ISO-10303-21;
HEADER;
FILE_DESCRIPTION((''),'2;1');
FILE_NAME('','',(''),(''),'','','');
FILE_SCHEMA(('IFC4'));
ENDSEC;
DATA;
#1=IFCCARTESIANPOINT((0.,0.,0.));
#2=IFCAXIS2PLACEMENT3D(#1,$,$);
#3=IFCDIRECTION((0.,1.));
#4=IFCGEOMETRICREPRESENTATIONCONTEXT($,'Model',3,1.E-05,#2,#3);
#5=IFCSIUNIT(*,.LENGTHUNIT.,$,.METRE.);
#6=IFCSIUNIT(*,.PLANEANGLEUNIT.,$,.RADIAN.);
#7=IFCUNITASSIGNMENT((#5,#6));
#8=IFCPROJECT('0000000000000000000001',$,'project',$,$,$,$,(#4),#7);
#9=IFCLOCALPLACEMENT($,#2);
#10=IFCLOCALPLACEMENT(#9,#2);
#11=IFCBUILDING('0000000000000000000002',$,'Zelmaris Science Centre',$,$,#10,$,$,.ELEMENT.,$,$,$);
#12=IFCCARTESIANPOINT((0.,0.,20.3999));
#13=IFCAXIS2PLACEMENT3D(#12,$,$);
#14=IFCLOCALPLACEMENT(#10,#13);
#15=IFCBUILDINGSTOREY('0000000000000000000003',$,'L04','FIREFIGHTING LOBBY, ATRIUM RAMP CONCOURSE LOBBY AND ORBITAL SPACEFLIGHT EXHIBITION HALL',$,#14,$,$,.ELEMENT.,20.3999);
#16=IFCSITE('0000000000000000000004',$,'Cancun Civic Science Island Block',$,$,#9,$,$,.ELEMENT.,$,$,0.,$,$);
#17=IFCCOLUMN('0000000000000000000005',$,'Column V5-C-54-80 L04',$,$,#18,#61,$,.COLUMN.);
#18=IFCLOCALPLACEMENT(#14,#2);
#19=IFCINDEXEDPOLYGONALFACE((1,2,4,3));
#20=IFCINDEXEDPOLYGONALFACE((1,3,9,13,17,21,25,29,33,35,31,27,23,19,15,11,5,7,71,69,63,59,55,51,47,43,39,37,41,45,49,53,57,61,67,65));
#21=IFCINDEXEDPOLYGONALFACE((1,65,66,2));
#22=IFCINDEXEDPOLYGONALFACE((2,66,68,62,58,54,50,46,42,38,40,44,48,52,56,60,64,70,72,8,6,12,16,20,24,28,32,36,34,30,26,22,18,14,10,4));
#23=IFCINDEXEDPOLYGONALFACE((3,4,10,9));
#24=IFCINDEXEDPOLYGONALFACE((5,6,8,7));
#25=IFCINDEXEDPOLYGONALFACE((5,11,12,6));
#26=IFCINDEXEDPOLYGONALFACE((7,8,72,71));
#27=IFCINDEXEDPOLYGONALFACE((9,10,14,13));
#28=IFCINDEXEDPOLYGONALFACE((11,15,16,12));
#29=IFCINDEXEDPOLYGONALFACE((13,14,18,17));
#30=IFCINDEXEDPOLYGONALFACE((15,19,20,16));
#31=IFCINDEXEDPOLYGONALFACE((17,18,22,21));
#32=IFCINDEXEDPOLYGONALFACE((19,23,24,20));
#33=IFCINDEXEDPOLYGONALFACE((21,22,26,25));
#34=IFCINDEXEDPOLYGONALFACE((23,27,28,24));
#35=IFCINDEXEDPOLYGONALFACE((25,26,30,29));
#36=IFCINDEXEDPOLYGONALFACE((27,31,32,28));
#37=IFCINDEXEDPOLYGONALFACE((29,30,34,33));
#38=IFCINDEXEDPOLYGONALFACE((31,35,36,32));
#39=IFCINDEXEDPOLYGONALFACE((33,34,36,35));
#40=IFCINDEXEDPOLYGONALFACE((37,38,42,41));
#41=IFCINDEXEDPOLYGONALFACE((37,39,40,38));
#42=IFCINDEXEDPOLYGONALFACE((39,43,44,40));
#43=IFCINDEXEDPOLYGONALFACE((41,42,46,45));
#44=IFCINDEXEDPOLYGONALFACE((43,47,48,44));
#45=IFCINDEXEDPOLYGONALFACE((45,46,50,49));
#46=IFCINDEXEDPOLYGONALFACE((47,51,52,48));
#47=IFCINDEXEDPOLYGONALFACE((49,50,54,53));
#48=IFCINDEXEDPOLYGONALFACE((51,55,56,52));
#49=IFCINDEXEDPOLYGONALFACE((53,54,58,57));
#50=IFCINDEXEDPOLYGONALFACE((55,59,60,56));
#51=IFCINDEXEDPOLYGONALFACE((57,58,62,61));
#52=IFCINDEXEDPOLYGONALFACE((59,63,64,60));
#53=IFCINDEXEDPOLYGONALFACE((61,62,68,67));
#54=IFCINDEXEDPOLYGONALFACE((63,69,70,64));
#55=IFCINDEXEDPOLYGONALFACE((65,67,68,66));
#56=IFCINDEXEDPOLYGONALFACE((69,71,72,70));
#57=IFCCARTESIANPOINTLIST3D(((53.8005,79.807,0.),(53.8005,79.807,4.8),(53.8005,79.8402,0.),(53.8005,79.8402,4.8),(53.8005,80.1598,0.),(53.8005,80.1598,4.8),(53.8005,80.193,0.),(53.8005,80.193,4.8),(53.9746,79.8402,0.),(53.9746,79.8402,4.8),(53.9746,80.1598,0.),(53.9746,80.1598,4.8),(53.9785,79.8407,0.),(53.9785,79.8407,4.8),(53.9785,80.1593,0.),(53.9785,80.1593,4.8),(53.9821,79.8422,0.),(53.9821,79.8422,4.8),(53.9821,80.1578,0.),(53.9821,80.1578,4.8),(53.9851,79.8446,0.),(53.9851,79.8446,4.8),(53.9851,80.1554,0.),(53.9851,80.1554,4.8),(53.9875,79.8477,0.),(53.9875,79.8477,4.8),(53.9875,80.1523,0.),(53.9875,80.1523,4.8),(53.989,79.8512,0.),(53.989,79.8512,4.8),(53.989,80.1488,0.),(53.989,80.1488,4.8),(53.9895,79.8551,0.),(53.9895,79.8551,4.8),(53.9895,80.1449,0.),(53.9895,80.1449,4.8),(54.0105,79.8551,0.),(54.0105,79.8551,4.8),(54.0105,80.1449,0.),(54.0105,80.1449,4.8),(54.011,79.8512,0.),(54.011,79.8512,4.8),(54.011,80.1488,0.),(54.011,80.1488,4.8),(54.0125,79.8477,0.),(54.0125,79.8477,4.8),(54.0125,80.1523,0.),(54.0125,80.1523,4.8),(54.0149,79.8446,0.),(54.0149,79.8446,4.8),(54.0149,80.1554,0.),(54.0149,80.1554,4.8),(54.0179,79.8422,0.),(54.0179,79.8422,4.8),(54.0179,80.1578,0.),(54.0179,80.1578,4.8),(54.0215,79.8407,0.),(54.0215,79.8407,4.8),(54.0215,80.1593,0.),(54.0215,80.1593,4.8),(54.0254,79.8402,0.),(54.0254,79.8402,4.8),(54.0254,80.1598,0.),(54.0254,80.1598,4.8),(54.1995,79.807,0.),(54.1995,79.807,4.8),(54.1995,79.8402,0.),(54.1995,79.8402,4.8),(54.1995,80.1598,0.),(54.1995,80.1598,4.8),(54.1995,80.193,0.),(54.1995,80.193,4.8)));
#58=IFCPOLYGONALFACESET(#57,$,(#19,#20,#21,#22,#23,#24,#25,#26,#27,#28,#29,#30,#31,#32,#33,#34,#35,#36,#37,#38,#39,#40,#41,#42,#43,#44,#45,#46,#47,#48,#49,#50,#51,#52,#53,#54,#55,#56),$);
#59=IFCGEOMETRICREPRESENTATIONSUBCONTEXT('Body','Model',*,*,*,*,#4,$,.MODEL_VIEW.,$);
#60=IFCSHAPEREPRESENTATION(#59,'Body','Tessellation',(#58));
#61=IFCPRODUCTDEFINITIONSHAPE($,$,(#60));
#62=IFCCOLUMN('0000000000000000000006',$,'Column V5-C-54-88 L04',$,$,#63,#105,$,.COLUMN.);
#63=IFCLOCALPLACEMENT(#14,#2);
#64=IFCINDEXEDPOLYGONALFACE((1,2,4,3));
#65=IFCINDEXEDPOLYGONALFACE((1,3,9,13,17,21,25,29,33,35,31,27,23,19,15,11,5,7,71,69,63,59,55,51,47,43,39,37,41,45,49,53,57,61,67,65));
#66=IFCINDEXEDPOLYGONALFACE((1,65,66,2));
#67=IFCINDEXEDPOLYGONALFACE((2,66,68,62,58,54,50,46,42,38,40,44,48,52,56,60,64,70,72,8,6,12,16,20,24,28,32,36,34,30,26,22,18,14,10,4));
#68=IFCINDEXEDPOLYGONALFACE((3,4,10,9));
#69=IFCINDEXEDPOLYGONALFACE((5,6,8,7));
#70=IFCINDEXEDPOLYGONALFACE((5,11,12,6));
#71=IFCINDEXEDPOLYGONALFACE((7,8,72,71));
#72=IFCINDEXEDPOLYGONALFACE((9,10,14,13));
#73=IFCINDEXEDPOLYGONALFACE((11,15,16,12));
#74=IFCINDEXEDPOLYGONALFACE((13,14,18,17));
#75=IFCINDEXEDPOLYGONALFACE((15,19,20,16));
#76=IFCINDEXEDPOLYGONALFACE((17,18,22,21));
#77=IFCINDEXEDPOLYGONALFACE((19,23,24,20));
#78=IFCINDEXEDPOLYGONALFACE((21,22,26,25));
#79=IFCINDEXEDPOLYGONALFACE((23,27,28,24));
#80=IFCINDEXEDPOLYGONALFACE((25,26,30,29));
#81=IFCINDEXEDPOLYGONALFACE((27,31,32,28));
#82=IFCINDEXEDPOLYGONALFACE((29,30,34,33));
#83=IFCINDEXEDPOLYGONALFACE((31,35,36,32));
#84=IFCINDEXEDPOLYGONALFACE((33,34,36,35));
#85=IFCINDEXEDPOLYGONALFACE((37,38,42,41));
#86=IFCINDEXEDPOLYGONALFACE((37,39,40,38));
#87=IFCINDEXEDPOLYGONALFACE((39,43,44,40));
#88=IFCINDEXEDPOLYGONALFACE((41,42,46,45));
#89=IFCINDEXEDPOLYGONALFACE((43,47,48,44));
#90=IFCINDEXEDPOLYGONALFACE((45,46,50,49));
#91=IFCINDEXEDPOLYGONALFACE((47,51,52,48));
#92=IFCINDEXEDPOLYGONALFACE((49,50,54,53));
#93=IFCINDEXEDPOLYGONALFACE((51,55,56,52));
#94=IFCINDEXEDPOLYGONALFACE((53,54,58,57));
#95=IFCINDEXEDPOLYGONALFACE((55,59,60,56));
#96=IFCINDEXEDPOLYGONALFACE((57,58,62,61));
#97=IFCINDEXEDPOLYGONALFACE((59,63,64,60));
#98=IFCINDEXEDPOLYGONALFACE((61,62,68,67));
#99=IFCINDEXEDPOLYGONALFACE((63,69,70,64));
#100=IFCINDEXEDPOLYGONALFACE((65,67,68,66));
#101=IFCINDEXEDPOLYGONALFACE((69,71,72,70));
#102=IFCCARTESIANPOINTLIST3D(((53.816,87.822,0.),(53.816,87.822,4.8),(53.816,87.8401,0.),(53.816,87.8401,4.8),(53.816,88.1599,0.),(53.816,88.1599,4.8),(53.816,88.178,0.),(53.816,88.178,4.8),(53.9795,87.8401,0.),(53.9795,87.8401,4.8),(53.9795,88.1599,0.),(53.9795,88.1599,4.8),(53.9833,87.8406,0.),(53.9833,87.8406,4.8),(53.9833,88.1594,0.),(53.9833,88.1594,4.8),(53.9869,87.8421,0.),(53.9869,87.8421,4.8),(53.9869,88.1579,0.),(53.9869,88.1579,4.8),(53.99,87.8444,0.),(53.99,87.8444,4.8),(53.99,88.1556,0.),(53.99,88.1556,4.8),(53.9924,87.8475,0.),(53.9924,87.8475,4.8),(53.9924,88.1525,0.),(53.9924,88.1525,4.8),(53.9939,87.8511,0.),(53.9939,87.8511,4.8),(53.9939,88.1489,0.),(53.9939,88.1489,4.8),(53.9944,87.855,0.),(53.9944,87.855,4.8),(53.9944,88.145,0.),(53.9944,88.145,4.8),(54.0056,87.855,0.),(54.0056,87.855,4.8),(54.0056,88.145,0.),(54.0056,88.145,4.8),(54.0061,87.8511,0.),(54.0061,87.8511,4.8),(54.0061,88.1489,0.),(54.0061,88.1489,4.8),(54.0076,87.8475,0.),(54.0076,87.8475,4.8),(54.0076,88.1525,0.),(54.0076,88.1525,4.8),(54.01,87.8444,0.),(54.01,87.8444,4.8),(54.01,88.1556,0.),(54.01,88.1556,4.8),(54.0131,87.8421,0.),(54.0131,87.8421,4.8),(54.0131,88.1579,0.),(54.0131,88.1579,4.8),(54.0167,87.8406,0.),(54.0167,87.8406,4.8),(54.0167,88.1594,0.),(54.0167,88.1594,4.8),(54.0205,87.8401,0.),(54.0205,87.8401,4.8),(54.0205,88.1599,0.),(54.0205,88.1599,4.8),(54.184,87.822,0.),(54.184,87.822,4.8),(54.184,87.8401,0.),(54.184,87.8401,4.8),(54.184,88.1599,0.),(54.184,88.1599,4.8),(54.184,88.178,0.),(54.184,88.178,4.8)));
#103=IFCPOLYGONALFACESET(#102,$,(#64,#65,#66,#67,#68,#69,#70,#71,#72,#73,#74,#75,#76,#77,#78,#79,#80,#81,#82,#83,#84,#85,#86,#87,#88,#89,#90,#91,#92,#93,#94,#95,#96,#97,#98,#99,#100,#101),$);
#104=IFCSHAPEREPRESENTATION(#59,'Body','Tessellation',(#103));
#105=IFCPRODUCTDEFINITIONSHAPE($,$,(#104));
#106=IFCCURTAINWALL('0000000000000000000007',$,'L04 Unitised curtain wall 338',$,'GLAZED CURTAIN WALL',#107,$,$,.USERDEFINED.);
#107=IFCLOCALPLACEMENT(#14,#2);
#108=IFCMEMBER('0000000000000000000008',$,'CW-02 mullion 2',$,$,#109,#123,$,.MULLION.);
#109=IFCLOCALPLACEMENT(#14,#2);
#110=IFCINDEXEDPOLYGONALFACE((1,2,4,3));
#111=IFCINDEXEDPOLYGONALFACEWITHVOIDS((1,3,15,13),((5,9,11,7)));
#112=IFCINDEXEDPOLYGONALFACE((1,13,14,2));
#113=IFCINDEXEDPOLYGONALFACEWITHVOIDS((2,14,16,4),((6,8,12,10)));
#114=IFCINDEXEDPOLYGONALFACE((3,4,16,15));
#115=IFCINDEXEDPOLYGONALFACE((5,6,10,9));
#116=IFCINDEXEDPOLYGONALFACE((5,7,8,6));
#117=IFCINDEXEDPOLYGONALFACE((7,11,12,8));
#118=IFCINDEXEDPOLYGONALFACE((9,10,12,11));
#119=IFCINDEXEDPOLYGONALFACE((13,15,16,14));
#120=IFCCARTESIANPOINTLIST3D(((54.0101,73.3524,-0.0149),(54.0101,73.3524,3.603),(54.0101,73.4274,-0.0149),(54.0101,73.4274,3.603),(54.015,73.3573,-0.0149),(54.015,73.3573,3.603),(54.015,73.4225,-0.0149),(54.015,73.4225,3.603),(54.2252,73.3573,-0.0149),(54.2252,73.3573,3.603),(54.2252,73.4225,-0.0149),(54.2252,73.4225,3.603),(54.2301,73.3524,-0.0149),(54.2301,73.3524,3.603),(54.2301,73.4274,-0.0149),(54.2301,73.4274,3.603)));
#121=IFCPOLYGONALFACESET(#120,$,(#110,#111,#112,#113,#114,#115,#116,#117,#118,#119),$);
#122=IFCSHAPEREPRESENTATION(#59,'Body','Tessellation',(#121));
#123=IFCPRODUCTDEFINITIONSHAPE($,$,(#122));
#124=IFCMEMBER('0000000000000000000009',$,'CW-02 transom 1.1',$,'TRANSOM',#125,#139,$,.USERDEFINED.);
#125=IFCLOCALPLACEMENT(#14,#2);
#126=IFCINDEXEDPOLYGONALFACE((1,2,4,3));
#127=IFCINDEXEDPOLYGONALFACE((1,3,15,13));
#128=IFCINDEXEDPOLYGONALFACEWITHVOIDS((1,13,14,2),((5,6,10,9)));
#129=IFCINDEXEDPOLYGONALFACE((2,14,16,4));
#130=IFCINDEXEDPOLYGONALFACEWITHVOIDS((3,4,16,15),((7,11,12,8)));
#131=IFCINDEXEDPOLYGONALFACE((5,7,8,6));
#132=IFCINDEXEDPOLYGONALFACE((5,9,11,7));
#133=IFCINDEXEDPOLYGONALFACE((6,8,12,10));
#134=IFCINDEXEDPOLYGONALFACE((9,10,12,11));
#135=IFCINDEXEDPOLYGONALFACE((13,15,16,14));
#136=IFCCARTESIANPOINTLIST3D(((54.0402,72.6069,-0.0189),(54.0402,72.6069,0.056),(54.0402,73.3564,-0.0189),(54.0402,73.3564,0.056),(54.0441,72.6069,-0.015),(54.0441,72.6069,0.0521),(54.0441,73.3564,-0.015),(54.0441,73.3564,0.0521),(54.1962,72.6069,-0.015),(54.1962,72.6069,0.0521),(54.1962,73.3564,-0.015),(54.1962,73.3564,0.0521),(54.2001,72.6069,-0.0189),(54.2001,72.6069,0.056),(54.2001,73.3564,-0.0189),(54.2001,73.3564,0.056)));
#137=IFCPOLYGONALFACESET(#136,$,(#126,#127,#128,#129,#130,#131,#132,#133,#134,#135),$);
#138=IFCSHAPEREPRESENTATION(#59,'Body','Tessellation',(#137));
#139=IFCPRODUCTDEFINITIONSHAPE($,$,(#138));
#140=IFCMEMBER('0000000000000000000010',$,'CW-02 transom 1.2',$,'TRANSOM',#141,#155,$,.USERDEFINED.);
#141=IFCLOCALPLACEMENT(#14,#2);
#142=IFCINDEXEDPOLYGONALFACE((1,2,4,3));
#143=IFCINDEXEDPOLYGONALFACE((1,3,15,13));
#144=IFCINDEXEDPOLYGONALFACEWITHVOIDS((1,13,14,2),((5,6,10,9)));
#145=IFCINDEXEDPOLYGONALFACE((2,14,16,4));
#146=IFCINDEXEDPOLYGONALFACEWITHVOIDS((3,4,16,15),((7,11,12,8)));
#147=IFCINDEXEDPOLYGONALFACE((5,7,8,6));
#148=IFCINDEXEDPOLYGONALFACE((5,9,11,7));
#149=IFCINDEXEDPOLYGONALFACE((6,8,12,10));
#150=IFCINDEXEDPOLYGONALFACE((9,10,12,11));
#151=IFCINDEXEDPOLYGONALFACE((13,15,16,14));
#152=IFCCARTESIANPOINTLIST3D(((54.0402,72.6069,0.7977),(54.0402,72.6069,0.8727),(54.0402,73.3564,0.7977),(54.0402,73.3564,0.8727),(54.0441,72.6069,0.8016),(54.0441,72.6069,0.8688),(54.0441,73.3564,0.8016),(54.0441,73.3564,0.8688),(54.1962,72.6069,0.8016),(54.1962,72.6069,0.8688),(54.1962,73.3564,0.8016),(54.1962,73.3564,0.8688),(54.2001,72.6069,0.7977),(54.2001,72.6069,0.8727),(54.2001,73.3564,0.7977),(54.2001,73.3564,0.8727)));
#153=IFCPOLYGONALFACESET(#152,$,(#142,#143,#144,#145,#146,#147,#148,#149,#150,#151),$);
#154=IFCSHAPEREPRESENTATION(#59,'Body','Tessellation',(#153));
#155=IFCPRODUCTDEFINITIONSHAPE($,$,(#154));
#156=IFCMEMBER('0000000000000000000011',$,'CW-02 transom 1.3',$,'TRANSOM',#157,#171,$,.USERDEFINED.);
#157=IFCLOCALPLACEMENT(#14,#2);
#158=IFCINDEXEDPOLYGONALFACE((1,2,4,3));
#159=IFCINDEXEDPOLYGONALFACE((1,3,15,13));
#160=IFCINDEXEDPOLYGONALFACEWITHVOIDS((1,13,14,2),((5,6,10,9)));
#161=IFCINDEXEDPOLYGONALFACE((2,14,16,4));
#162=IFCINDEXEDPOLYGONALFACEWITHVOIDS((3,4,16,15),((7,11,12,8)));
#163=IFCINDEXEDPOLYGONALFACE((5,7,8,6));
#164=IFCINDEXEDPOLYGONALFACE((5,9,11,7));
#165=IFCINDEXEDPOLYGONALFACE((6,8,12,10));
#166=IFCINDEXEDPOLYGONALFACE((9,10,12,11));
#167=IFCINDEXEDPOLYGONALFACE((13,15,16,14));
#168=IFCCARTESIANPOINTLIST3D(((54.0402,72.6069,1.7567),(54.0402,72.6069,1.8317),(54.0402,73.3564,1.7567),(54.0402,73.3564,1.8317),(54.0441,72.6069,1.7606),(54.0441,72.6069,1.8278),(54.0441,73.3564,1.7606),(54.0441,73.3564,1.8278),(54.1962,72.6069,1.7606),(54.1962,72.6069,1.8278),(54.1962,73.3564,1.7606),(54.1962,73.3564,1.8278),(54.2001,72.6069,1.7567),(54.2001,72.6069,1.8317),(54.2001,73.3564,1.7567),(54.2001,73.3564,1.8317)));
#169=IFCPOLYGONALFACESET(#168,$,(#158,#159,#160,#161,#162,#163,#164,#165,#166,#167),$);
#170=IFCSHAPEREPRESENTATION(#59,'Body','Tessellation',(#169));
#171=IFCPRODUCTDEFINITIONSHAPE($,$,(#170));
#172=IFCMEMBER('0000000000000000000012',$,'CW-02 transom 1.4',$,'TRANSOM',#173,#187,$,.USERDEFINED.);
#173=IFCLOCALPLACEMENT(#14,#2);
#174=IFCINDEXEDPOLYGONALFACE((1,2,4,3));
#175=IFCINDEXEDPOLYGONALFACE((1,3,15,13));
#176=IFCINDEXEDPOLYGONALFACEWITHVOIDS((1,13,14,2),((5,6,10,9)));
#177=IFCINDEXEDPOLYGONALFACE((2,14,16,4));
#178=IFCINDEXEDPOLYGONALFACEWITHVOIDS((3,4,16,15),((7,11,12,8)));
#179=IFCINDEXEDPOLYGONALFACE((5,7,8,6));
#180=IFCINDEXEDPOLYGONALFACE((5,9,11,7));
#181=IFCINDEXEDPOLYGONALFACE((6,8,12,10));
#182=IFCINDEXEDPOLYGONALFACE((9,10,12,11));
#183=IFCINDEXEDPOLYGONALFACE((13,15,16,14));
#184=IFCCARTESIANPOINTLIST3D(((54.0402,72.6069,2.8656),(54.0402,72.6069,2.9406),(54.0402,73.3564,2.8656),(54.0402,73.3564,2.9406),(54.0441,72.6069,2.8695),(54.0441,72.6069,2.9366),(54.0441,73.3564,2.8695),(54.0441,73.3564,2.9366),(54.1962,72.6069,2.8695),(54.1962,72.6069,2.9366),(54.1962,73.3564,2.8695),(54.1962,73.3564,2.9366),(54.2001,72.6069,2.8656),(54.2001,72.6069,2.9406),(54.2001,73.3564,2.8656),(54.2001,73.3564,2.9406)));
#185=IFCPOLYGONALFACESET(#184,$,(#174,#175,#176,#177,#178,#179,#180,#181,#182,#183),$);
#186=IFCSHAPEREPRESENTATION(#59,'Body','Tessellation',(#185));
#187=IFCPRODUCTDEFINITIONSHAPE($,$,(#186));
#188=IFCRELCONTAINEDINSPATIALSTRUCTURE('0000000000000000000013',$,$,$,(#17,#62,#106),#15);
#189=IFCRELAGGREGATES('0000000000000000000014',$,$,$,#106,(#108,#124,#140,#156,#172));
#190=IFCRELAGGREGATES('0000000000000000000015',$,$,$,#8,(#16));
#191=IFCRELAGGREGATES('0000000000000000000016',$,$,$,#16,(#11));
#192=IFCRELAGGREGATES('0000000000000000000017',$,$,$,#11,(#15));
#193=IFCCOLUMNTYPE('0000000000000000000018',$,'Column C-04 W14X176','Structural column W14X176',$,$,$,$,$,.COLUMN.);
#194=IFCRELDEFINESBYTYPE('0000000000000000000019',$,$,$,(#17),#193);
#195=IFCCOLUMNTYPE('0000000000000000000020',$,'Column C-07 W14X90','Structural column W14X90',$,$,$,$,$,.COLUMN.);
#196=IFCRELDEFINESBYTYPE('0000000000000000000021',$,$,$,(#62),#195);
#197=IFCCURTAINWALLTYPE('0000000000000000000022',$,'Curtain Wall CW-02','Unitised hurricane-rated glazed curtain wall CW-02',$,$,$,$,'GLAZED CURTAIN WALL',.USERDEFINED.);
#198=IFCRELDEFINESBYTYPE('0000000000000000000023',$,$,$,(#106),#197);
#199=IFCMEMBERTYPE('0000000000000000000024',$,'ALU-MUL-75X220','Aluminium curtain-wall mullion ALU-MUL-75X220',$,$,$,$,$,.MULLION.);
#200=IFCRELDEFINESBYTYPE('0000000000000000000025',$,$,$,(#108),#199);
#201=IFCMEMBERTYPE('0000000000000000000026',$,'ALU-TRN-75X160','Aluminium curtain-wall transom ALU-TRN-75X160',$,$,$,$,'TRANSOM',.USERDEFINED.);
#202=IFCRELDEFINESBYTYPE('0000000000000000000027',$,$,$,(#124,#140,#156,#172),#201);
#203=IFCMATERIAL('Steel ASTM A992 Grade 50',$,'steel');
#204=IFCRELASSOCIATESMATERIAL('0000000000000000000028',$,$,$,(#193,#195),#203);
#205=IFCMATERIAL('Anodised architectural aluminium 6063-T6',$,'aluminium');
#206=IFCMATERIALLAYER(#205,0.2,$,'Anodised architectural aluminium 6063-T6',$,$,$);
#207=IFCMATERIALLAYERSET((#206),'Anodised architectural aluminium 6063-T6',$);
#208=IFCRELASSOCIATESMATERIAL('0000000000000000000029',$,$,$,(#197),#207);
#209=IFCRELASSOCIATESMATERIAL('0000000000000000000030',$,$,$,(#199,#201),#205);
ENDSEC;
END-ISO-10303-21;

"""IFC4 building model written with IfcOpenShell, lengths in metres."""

from ifc_helpers import new_model, si_unit, direction, frame, origin, origin_2d, place, context, subcontext, project, spatial, hollow_rectangle, i_section, extrude, material, layer, layer_set, material_profile, profile_set, type_object, element, aggregate, save


model = new_model("IFC4")

# Units and contexts
model_context = context("Model", 3, precision=1e-05, world=origin(), true_north=direction((0.0, 1.0)))
body_context = subcontext(model_context, "Body", "Model", "MODEL_VIEW")
ifc_project = project(units=[si_unit("LENGTHUNIT", "METRE"), si_unit("PLANEANGLEUNIT", "RADIAN")], contexts=[model_context])

# Site, building, storey
site_placement = place(None, origin())
site = spatial("IfcSite", under=ifc_project, at=site_placement, Name="Cancun Civic Science Island Block", CompositionType="ELEMENT", RefElevation=0.0)
building_placement = place(site_placement, origin())
building = spatial("IfcBuilding", under=site, at=building_placement, Name="Zelmaris Science Centre", CompositionType="ELEMENT")
storey_placement = place(building_placement, frame((0.0, 0.0, 20.3999)))
storey = spatial("IfcBuildingStorey", under=building, at=storey_placement, Name="L04", Description="FIREFIGHTING LOBBY, ATRIUM RAMP CONCOURSE LOBBY AND ORBITAL SPACEFLIGHT EXHIBITION HALL", CompositionType="ELEMENT", Elevation=20.3999)

# Columns
ifc_material_1 = material(Name="Steel ASTM A992 Grade 50", Category="steel")
ifc_material_profile_1 = material_profile(ifc_material_1, i_section(OverallWidth=0.3989, OverallDepth=0.386, WebThickness=0.021, FlangeThickness=0.0332, FilletRadius=0.0149, at=origin_2d()), Name="W14X176")
ifc_profile_set_1 = profile_set([ifc_material_profile_1], Name="Steel ASTM A992 Grade 50")
column_type_1 = type_object("IfcColumnType", Name="Column C-04 W14X176", Description="Structural column W14X176", PredefinedType="COLUMN", material=ifc_profile_set_1)
column_1_placement = place(storey_placement, frame((54.0, 80.0, 0.0), z_axis=(0.0, 0.0, 1.0), x_axis=(1.0, 0.0, 0.0)))
element("IfcColumn", 1, at=column_1_placement, inside=storey, type_object=column_type_1, Name="Column V5-C-54-80 L04", PredefinedType="COLUMN", context=body_context, shape_type="SweptSolid", body=[
    extrude(i_section(OverallWidth=0.3989, OverallDepth=0.386, WebThickness=0.021, FlangeThickness=0.0332, FilletRadius=0.0149, at=origin_2d()), origin(), (0.0, 0.0, 1.0), 4.8),
])
ifc_material_profile_2 = material_profile(ifc_material_1, i_section(OverallWidth=0.3679, OverallDepth=0.356, WebThickness=0.0112, FlangeThickness=0.0181, FilletRadius=0.0149, at=origin_2d()), Name="W14X90")
ifc_profile_set_2 = profile_set([ifc_material_profile_2], Name="Steel ASTM A992 Grade 50")
column_type_2 = type_object("IfcColumnType", Name="Column C-07 W14X90", Description="Structural column W14X90", PredefinedType="COLUMN", material=ifc_profile_set_2)
column_2_placement = place(storey_placement, frame((54.0, 88.0, 0.0), z_axis=(0.0, 0.0, 1.0), x_axis=(1.0, 0.0, 0.0)))
element("IfcColumn", 2, at=column_2_placement, inside=storey, type_object=column_type_2, Name="Column V5-C-54-88 L04", PredefinedType="COLUMN", context=body_context, shape_type="SweptSolid", body=[
    extrude(i_section(OverallWidth=0.3679, OverallDepth=0.356, WebThickness=0.0112, FlangeThickness=0.0181, FilletRadius=0.0149, at=origin_2d()), origin(), (0.0, 0.0, 1.0), 4.8),
])

# Curtain wall, members
ifc_material_2 = material(Name="Anodised architectural aluminium 6063-T6", Category="aluminium")
ifc_layer_1 = layer(ifc_material_2, 0.2, Name="Anodised architectural aluminium 6063-T6")
ifc_layer_set_1 = layer_set([ifc_layer_1], Name="Anodised architectural aluminium 6063-T6")
curtain_wall_type = type_object("IfcCurtainWallType", Name="Curtain Wall CW-02", Description="Unitised hurricane-rated glazed curtain wall CW-02", ElementType="GLAZED CURTAIN WALL", PredefinedType="USERDEFINED", material=ifc_layer_set_1)
curtain_wall_placement = place(storey_placement, origin())
curtain_wall = element("IfcCurtainWall", 3, at=curtain_wall_placement, inside=storey, type_object=curtain_wall_type, Name="L04 Unitised curtain wall 338", ObjectType="GLAZED CURTAIN WALL", PredefinedType="USERDEFINED")
ifc_material_profile_3 = material_profile(ifc_material_2, hollow_rectangle(XDim=0.075, YDim=0.22, WallThickness=0.0049, at=origin_2d()), Name="ALU-MUL-75X220")
ifc_profile_set_3 = profile_set([ifc_material_profile_3], Name="Anodised architectural aluminium 6063-T6")
member_type_1 = type_object("IfcMemberType", Name="ALU-MUL-75X220", Description="Aluminium curtain-wall mullion ALU-MUL-75X220", PredefinedType="MULLION", material=ifc_profile_set_3)
member_1_placement = place(storey_placement, frame((54.1201, 73.3899, -0.0149), z_axis=(0.0, 0.0, 1.0), x_axis=(0.0, 1.0, 0.0)))
member_1 = element("IfcMember", 4, at=member_1_placement, type_object=member_type_1, Name="CW-02 mullion 2", PredefinedType="MULLION", context=body_context, shape_type="SweptSolid", body=[
    extrude(hollow_rectangle(XDim=0.075, YDim=0.22, WallThickness=0.0049, at=origin_2d()), origin(), (0.0, 0.0, 1.0), 3.6179),
])
ifc_material_profile_4 = material_profile(ifc_material_2, hollow_rectangle(XDim=0.075, YDim=0.1599, WallThickness=0.0039, at=origin_2d()), Name="ALU-TRN-75X160")
ifc_profile_set_4 = profile_set([ifc_material_profile_4], Name="Anodised architectural aluminium 6063-T6")
member_type_2 = type_object("IfcMemberType", Name="ALU-TRN-75X160", Description="Aluminium curtain-wall transom ALU-TRN-75X160", ElementType="TRANSOM", PredefinedType="USERDEFINED", material=ifc_profile_set_4)
member_2_placement = place(storey_placement, frame((54.1201, 72.6069, 0.0186), z_axis=(0.0, 1.0, 0.0), x_axis=(0.0, 0.0, 1.0)))
member_2 = element("IfcMember", 5, at=member_2_placement, type_object=member_type_2, Name="CW-02 transom 1.1", ObjectType="TRANSOM", PredefinedType="USERDEFINED", context=body_context, shape_type="SweptSolid", body=[
    extrude(hollow_rectangle(XDim=0.075, YDim=0.1599, WallThickness=0.0039, at=origin_2d()), origin(), (0.0, 0.0, 1.0), 0.7495),
])
member_3_placement = place(storey_placement, frame((54.1201, 72.6069, 0.8352), z_axis=(0.0, 1.0, 0.0), x_axis=(0.0, 0.0, 1.0)))
member_3 = element("IfcMember", 6, at=member_3_placement, type_object=member_type_2, Name="CW-02 transom 1.2", ObjectType="TRANSOM", PredefinedType="USERDEFINED", context=body_context, shape_type="SweptSolid", body=[
    extrude(hollow_rectangle(XDim=0.075, YDim=0.1599, WallThickness=0.0039, at=origin_2d()), origin(), (0.0, 0.0, 1.0), 0.7495),
])
member_4_placement = place(storey_placement, frame((54.1201, 72.6069, 1.7942), z_axis=(0.0, 1.0, 0.0), x_axis=(0.0, 0.0, 1.0)))
member_4 = element("IfcMember", 7, at=member_4_placement, type_object=member_type_2, Name="CW-02 transom 1.3", ObjectType="TRANSOM", PredefinedType="USERDEFINED", context=body_context, shape_type="SweptSolid", body=[
    extrude(hollow_rectangle(XDim=0.075, YDim=0.1599, WallThickness=0.0039, at=origin_2d()), origin(), (0.0, 0.0, 1.0), 0.7495),
])
member_5_placement = place(storey_placement, frame((54.1201, 72.6069, 2.9031), z_axis=(0.0, 1.0, 0.0), x_axis=(0.0, 0.0, 1.0)))
member_5 = element("IfcMember", 8, at=member_5_placement, type_object=member_type_2, Name="CW-02 transom 1.4", ObjectType="TRANSOM", PredefinedType="USERDEFINED", context=body_context, shape_type="SweptSolid", body=[
    extrude(hollow_rectangle(XDim=0.075, YDim=0.1599, WallThickness=0.0039, at=origin_2d()), origin(), (0.0, 0.0, 1.0), 0.7495),
])

aggregate(curtain_wall, [member_1, member_2, member_3, member_4, member_5])

save(model, "model.ifc")
